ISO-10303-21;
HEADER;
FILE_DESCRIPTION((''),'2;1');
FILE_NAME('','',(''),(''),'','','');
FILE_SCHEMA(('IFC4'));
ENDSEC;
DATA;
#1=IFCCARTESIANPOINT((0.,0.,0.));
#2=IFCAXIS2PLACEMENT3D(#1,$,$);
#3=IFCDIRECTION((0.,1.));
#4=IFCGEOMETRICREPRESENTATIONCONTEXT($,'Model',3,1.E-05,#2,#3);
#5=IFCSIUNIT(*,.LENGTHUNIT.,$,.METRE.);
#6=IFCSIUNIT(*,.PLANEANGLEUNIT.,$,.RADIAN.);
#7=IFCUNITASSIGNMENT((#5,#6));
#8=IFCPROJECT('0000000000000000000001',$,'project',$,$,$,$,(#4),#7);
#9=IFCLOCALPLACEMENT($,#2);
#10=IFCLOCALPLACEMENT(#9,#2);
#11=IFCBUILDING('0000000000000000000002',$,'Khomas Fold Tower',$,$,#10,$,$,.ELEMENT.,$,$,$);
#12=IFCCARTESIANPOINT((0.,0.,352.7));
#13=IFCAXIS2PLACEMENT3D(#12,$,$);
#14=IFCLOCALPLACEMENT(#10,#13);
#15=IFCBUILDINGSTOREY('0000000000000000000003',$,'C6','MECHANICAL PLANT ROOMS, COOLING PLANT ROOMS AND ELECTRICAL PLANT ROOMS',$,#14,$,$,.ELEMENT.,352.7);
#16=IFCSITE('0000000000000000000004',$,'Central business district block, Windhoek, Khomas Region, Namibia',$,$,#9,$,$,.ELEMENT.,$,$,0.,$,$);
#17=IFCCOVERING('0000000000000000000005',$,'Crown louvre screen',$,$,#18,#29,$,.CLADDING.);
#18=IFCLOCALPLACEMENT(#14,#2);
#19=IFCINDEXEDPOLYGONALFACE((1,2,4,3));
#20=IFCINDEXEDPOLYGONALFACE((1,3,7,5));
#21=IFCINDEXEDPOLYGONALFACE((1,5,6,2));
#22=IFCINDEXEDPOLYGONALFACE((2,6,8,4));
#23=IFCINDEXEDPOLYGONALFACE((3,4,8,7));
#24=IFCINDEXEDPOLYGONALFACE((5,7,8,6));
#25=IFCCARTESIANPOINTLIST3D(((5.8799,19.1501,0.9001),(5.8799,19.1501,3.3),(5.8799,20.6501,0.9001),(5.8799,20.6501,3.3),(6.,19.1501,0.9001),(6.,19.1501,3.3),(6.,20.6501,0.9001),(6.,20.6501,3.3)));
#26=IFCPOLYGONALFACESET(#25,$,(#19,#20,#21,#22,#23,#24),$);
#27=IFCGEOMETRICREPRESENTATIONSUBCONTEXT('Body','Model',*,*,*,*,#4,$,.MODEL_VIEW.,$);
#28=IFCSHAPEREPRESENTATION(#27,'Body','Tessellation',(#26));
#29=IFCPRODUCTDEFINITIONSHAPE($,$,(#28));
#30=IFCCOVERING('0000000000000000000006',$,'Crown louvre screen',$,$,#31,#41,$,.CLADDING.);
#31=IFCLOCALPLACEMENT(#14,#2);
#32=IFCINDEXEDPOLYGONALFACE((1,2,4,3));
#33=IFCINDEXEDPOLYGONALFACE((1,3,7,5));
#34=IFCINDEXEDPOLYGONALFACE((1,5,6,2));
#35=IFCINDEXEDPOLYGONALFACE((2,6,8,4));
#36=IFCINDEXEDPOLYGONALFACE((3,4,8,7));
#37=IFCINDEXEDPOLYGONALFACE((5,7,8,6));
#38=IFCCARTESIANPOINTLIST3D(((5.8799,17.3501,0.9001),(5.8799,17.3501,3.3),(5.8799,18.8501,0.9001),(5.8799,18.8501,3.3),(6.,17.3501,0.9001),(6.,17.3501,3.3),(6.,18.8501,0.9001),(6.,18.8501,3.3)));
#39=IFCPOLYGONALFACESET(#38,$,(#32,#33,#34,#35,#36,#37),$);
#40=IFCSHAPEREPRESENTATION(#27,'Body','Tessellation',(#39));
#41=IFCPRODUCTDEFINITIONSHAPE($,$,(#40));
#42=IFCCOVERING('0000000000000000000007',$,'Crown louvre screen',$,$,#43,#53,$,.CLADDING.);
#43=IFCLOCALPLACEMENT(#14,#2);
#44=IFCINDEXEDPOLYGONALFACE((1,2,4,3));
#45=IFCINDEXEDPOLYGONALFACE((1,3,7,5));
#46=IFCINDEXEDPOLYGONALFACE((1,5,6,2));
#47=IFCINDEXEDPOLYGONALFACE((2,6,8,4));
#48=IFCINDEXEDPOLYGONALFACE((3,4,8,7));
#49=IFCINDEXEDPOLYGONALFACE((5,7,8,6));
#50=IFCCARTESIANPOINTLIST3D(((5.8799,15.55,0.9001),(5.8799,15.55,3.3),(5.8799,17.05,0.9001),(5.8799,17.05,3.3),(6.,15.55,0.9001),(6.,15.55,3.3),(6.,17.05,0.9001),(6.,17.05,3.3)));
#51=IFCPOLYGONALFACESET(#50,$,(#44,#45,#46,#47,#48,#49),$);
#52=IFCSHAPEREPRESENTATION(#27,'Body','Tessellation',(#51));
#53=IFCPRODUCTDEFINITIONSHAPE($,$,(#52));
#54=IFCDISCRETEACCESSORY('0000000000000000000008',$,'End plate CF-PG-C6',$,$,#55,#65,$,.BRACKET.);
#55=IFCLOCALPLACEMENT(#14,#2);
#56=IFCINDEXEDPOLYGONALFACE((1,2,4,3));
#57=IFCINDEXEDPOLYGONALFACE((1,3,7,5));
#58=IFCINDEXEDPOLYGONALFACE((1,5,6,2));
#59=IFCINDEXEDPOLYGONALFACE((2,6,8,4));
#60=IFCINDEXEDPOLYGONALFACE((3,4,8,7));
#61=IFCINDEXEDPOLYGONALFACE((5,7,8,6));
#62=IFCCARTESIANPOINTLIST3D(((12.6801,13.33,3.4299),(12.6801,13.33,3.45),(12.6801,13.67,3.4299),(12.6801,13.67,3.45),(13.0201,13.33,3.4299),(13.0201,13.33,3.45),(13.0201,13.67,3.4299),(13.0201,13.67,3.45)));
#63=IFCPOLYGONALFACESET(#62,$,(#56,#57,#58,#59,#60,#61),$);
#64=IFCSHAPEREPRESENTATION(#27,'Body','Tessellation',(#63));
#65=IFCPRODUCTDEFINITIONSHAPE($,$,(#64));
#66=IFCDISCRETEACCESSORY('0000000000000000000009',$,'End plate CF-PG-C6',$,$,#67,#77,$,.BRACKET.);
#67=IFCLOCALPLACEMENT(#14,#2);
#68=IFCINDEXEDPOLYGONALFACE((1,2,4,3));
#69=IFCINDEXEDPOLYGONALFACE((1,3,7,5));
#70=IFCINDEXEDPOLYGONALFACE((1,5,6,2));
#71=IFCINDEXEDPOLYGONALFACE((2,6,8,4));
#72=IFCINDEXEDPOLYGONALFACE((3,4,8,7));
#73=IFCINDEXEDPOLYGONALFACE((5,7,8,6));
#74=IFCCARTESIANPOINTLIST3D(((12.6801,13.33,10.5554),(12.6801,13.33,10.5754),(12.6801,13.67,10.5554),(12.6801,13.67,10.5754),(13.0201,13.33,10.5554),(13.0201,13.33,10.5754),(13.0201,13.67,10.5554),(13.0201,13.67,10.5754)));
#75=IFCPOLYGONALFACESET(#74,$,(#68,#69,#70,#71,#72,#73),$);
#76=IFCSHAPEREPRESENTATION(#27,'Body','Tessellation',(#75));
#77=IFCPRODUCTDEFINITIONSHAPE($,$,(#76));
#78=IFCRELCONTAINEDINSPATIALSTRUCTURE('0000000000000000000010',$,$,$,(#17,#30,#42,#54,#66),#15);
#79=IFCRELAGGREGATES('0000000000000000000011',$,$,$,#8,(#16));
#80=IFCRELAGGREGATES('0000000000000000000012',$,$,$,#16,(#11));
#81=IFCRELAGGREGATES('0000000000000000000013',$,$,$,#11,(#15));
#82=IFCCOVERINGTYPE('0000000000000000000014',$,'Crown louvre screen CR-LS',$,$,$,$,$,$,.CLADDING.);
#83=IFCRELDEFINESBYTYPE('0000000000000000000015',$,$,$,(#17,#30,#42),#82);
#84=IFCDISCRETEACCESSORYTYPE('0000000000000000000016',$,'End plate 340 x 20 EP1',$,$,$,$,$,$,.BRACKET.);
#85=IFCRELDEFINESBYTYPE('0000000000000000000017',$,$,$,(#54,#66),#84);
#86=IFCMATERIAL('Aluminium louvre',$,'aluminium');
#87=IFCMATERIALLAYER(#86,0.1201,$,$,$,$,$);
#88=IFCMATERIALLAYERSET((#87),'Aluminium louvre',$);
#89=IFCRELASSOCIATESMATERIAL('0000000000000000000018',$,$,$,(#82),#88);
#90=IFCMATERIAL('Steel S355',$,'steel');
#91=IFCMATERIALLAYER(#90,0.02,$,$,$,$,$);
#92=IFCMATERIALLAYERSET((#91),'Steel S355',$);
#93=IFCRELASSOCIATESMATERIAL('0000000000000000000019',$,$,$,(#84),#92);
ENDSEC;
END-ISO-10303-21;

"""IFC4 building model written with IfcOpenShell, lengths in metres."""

from ifc_helpers import new_model, si_unit, direction, frame, origin, origin_2d, place, context, subcontext, project, spatial, rectangle, extrude, source, transform, mapped, material, layer, layer_set, type_object, element, save


model = new_model("IFC4")

# Units and contexts
model_context = context("Model", 3, precision=1e-05, world=origin(), true_north=direction((0.0, 1.0)))
body_context = subcontext(model_context, "Body", "Model", "MODEL_VIEW")
ifc_project = project(units=[si_unit("LENGTHUNIT", "METRE"), si_unit("PLANEANGLEUNIT", "RADIAN")], contexts=[model_context])

# Site, building, storey
site_placement = place(None, origin())
site = spatial("IfcSite", under=ifc_project, at=site_placement, Name="Central business district block, Windhoek, Khomas Region, Namibia", CompositionType="ELEMENT", RefElevation=0.0)
building_placement = place(site_placement, origin())
building = spatial("IfcBuilding", under=site, at=building_placement, Name="Khomas Fold Tower", CompositionType="ELEMENT")
storey_placement = place(building_placement, frame((0.0, 0.0, 352.7)))
storey = spatial("IfcBuildingStorey", under=building, at=storey_placement, Name="C6", Description="MECHANICAL PLANT ROOMS, COOLING PLANT ROOMS AND ELECTRICAL PLANT ROOMS", CompositionType="ELEMENT", Elevation=352.7)

# Coverings
ifc_material_1 = material(Name="Aluminium louvre", Category="aluminium")
ifc_layer_1 = layer(ifc_material_1, 0.1201)
ifc_layer_set_1 = layer_set([ifc_layer_1], Name="Aluminium louvre")
covering_type = type_object("IfcCoveringType", Name="Crown louvre screen CR-LS", PredefinedType="CLADDING", material=ifc_layer_set_1)
shared_shape_1 = source(origin(), body_context, "Body", "SweptSolid", [
    extrude(rectangle(XDim=1.5, YDim=0.1201, at=origin_2d()), origin(), (0.0, 0.0, 1.0), 2.3999),
])
for number, where, z_axis, x_axis, name in (
    (1, (5.9399, 19.9001, 0.9001), (0.0, 0.0, 1.0), (0.0, -1.0, 0.0), "Crown louvre screen"),
    (2, (5.9399, 18.1001, 0.9001), (0.0, 0.0, 1.0), (0.0, -1.0, 0.0), "Crown louvre screen"),
    (3, (5.9399, 16.3, 0.9001), (0.0, 0.0, 1.0), (0.0, -1.0, 0.0), "Crown louvre screen"),
):
    element("IfcCovering", number, at=place(storey_placement, frame(where, z_axis=z_axis, x_axis=x_axis)), inside=storey, type_object=covering_type, Name=name, PredefinedType="CLADDING", context=body_context, shape_type="MappedRepresentation", body=[
        mapped(shared_shape_1, transform((0.0, 0.0, 0.0))),
    ])

# Discrete accessories
ifc_material_2 = material(Name="Steel S355", Category="steel")
ifc_layer_2 = layer(ifc_material_2, 0.02)
ifc_layer_set_2 = layer_set([ifc_layer_2], Name="Steel S355")
discrete_accessory_type = type_object("IfcDiscreteAccessoryType", Name="End plate 340 x 20 EP1", PredefinedType="BRACKET", material=ifc_layer_set_2)
shared_shape_2 = source(origin(), body_context, "Body", "SweptSolid", [
    extrude(rectangle(XDim=0.3401, YDim=0.3401, at=origin_2d()), origin(), (0.0, 0.0, 1.0), 0.02),
])
for number, where, z_axis, x_axis, name in (
    (4, (12.8501, 13.5, 3.4299), (0.0, 0.0, 1.0), (1.0, 0.0, 0.0), "End plate CF-PG-C6"),
    (5, (12.8501, 13.5, 10.5554), (0.0, 0.0, 1.0), (1.0, 0.0, 0.0), "End plate CF-PG-C6"),
):
    element("IfcDiscreteAccessory", number, at=place(storey_placement, frame(where, z_axis=z_axis, x_axis=x_axis)), inside=storey, type_object=discrete_accessory_type, Name=name, PredefinedType="BRACKET", context=body_context, shape_type="MappedRepresentation", body=[
        mapped(shared_shape_2, transform((0.0, 0.0, 0.0))),
    ])

save(model, "model.ifc")
